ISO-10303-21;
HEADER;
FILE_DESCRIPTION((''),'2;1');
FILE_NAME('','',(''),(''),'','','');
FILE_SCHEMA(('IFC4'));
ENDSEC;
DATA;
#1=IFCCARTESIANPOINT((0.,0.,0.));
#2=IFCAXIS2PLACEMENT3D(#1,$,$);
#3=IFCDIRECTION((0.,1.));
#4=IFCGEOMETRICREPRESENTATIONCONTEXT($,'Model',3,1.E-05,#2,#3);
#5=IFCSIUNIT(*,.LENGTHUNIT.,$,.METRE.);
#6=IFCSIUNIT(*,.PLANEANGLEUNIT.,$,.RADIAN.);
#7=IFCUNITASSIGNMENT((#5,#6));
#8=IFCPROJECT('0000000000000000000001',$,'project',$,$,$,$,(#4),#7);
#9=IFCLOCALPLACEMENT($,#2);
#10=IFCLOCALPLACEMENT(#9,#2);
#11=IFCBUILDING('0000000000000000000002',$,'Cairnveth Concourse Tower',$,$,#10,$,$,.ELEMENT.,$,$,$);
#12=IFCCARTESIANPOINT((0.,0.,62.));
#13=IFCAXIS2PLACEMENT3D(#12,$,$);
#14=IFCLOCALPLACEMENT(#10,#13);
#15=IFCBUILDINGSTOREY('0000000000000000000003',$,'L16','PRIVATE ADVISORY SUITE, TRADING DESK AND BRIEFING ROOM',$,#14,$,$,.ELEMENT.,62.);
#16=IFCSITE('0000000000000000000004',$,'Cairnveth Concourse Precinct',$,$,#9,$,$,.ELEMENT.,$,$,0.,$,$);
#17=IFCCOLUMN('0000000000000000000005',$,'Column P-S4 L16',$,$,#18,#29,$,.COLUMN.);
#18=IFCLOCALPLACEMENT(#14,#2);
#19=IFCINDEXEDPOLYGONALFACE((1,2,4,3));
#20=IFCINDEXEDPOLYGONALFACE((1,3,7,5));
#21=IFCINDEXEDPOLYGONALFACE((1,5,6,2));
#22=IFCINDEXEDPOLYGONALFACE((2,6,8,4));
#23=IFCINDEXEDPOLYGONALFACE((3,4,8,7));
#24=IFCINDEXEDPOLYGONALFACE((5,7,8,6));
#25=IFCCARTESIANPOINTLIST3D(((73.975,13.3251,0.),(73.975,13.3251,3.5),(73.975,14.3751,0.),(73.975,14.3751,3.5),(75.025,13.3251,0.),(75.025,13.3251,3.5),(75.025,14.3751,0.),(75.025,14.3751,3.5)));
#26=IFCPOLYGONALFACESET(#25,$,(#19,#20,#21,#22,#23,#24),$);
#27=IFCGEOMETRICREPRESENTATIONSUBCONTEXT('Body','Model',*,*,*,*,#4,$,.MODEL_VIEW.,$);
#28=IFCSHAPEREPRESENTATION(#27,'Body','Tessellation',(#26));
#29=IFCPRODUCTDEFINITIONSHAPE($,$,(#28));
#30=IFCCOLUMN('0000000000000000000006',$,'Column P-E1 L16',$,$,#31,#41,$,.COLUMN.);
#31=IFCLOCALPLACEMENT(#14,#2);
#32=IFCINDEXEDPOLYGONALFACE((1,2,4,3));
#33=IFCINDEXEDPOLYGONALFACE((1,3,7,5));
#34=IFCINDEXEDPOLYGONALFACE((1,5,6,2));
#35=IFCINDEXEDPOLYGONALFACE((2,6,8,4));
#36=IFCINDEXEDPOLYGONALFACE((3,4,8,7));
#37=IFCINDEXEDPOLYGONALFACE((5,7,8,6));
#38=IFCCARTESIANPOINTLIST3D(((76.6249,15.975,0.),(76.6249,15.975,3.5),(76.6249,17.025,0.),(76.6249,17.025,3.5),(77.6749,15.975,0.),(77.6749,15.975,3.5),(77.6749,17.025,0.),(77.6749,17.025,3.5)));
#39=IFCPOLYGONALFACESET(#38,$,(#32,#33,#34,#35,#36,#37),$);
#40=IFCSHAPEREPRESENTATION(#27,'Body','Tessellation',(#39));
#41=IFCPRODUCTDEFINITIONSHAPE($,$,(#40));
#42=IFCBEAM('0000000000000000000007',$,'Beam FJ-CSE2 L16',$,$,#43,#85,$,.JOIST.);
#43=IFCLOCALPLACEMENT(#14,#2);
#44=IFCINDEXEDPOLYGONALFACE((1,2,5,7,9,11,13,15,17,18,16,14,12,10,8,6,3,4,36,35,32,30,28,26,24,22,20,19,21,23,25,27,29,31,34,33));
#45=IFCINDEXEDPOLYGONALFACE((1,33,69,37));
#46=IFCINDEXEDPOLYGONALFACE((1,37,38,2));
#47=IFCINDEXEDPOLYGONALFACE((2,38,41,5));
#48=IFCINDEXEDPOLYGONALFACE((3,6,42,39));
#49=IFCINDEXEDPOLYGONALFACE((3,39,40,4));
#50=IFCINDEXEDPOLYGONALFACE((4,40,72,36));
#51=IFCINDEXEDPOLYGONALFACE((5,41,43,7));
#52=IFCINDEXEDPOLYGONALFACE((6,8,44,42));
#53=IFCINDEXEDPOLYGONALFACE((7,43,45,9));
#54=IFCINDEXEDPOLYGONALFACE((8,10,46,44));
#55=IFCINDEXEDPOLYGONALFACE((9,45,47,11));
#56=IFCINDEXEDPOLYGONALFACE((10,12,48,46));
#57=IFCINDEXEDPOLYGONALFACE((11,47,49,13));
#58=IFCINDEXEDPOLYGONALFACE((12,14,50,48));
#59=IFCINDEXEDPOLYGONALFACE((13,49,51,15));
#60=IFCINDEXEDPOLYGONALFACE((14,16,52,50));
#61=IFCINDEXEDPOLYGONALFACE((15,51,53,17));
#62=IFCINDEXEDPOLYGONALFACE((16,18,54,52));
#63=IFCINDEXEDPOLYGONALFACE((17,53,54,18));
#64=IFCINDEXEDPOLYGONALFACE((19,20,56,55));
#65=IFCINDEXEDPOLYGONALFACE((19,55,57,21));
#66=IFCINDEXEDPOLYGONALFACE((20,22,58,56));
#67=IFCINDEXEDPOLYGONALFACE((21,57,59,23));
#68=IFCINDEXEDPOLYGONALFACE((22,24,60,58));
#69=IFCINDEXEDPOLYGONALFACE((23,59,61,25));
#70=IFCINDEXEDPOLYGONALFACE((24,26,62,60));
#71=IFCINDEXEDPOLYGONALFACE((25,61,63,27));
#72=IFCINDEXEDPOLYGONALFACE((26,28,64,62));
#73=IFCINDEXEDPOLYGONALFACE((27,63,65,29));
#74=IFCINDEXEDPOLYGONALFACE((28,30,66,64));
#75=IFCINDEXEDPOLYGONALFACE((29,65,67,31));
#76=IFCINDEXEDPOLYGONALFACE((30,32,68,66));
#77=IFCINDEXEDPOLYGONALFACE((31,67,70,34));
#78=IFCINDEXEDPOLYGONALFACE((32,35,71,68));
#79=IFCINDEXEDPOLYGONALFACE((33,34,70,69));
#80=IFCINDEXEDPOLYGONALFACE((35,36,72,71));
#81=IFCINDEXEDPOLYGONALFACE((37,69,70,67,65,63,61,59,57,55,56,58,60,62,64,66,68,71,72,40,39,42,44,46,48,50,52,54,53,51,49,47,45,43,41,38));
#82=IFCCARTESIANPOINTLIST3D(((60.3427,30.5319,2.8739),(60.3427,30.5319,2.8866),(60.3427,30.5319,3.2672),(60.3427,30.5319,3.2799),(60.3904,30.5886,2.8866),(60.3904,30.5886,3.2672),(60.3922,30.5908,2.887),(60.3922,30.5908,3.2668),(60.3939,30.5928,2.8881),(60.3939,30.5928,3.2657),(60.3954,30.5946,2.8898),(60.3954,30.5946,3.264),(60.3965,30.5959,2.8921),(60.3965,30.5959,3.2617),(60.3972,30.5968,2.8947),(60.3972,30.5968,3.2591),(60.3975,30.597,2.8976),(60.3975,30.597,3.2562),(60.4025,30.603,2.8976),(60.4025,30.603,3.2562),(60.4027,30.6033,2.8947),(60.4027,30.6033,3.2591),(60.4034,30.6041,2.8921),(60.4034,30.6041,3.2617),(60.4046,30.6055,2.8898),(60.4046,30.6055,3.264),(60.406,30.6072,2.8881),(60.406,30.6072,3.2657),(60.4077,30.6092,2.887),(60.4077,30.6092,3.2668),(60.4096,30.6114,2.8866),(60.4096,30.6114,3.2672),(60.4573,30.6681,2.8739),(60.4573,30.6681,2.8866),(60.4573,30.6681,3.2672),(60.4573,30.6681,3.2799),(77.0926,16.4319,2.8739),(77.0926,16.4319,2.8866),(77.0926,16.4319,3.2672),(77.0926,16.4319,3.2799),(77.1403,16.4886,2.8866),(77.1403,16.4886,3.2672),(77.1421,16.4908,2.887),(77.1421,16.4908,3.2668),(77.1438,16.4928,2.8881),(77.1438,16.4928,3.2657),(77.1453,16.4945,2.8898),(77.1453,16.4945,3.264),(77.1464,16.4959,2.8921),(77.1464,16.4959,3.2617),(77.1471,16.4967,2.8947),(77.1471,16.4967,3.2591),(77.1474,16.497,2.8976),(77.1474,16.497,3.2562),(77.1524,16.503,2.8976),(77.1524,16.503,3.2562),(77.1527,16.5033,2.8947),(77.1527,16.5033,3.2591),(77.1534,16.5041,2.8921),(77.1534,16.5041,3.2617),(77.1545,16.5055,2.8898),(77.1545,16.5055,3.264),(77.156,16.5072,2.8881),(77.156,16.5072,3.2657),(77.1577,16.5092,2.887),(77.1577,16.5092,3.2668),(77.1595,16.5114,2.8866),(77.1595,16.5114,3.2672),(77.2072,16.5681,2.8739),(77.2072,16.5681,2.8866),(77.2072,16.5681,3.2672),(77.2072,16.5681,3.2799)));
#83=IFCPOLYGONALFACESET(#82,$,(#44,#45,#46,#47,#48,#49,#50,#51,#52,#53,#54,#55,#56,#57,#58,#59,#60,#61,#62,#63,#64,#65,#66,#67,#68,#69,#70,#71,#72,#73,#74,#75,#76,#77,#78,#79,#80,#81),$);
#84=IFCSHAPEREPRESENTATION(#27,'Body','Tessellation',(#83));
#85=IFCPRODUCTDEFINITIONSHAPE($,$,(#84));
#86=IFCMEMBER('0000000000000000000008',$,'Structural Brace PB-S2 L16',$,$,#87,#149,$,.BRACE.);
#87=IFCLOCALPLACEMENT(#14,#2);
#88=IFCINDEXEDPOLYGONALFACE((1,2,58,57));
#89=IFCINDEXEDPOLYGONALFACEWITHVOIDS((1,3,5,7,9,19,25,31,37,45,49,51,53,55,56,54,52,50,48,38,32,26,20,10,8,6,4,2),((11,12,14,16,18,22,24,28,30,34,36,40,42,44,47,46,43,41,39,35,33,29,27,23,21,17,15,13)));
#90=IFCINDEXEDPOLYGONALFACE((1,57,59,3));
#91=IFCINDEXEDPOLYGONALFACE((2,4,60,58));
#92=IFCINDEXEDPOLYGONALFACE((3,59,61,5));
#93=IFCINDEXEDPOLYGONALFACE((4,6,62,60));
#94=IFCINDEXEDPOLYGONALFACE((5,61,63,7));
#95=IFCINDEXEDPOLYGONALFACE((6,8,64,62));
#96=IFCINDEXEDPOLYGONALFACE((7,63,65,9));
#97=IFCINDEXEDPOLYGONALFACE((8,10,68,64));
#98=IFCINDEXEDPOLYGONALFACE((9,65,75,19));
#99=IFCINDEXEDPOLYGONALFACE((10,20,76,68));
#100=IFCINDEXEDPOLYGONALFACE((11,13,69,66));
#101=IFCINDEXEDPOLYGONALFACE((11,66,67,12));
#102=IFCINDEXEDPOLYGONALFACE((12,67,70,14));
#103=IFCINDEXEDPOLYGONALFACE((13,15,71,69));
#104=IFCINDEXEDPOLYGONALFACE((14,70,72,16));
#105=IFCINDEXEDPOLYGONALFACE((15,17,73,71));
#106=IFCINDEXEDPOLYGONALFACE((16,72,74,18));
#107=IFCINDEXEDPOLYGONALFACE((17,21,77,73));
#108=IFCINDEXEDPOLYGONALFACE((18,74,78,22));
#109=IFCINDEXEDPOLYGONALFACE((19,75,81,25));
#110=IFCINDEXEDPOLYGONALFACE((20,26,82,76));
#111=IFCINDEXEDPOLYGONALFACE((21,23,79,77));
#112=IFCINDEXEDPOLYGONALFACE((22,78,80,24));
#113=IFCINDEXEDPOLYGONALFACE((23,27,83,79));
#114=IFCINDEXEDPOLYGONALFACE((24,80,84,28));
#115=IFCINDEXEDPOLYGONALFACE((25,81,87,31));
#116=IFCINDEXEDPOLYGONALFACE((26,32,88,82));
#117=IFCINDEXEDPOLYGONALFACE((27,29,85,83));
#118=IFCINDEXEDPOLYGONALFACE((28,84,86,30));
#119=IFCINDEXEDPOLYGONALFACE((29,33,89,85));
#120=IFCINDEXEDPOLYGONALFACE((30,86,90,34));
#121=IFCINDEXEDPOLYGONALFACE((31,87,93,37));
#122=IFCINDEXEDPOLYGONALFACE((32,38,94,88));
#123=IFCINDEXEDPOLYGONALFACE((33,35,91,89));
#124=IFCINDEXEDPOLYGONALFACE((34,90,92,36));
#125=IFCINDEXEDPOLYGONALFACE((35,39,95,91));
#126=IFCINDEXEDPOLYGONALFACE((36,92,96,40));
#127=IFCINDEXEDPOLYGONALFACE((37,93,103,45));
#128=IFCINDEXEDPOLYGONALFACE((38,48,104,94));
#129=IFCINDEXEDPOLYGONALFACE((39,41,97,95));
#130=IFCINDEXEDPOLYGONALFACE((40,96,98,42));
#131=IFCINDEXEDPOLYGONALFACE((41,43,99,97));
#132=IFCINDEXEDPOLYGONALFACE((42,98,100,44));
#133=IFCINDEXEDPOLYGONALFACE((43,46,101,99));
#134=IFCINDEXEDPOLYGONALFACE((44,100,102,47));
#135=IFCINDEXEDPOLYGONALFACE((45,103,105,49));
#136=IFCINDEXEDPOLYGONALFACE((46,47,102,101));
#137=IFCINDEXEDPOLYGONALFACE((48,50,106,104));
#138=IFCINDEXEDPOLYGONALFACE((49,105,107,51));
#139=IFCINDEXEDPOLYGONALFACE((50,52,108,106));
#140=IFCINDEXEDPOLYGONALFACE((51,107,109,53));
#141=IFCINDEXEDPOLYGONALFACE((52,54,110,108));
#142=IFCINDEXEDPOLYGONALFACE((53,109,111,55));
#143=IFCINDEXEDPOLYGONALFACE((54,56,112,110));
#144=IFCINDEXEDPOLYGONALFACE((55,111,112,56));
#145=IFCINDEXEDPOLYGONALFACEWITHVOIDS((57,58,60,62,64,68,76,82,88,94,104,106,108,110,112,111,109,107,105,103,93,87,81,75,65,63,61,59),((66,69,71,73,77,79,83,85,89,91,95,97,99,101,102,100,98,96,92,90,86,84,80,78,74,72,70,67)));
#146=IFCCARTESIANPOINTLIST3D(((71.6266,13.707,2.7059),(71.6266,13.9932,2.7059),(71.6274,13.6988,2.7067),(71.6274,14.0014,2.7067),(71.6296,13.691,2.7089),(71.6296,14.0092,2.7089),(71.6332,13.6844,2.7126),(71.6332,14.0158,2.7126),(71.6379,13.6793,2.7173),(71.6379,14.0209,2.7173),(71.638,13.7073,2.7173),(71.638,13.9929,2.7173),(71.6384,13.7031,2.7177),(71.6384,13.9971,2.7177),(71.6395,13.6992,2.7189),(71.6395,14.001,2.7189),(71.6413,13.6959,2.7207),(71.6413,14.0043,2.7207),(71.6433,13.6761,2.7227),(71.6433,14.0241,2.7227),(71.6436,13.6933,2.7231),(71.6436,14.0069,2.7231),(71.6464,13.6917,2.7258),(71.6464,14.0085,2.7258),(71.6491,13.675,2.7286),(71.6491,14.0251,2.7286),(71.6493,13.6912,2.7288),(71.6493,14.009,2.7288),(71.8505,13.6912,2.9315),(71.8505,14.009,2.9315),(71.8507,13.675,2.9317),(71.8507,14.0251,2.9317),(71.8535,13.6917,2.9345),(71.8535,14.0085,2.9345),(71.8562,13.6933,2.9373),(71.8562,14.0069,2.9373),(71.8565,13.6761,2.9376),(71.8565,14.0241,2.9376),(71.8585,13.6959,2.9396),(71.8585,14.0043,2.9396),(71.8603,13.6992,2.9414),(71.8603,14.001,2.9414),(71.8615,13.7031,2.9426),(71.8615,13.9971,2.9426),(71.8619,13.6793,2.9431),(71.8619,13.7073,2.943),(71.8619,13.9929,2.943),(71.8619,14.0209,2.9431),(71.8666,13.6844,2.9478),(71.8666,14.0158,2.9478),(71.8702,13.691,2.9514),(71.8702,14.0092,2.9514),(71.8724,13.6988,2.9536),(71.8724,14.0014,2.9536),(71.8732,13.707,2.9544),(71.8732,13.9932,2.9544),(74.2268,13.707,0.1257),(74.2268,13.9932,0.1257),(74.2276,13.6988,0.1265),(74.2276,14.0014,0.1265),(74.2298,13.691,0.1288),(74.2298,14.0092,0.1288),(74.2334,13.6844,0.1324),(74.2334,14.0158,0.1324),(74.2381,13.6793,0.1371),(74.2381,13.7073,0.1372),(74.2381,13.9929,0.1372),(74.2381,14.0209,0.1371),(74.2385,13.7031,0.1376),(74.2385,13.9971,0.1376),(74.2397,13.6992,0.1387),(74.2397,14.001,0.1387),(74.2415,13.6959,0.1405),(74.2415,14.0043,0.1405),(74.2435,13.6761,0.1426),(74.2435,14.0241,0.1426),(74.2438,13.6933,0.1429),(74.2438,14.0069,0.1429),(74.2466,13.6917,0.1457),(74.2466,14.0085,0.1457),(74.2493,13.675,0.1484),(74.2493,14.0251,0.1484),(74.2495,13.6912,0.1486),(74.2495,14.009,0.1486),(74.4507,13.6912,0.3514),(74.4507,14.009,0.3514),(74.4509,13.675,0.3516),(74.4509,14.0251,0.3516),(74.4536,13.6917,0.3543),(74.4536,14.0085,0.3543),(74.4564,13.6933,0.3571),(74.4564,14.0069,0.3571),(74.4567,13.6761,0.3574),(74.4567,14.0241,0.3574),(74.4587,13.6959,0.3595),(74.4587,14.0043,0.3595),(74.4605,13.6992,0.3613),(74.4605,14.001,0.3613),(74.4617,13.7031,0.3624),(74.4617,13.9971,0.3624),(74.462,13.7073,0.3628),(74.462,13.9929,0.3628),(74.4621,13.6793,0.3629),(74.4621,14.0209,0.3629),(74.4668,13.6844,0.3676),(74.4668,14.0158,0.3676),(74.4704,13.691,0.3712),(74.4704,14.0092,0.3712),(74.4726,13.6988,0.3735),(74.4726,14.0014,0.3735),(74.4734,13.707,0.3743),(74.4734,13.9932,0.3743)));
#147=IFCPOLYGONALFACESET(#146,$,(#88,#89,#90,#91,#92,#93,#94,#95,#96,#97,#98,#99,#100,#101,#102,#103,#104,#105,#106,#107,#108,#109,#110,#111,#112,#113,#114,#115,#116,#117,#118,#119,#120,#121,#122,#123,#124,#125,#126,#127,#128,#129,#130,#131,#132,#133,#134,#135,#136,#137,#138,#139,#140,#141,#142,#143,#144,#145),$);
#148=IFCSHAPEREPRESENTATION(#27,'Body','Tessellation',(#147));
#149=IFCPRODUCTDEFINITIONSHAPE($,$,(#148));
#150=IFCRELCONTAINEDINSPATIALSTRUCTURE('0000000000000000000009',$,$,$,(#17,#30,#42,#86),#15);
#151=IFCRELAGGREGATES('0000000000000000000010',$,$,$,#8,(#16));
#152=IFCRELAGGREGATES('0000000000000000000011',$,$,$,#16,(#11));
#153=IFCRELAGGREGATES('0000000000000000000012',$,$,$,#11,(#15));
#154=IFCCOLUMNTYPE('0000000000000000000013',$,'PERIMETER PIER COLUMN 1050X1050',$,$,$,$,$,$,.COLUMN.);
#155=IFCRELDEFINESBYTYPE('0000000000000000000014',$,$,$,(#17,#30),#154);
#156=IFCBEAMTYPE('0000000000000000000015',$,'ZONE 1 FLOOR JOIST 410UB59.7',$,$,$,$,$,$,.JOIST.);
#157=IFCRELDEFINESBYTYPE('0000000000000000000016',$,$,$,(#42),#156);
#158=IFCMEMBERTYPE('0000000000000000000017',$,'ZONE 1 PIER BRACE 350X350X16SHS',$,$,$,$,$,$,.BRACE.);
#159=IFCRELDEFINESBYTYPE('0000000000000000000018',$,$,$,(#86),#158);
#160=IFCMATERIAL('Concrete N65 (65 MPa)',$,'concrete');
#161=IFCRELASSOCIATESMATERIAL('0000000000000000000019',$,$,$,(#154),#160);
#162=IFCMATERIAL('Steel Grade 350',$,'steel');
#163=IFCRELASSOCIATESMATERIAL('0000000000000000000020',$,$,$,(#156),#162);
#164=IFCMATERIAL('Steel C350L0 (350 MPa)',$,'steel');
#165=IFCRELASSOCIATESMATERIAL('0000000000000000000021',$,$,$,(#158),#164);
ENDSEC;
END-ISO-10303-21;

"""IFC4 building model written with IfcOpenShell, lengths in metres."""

from ifc_helpers import new_model, si_unit, direction, frame, origin, origin_2d, place, context, subcontext, project, spatial, rectangle, hollow_rectangle, i_section, extrude, material, material_profile, profile_set, type_object, element, save


model = new_model("IFC4")

# Units and contexts
model_context = context("Model", 3, precision=1e-05, world=origin(), true_north=direction((0.0, 1.0)))
body_context = subcontext(model_context, "Body", "Model", "MODEL_VIEW")
ifc_project = project(units=[si_unit("LENGTHUNIT", "METRE"), si_unit("PLANEANGLEUNIT", "RADIAN")], contexts=[model_context])

# Site, building, storey
site_placement = place(None, origin())
site = spatial("IfcSite", under=ifc_project, at=site_placement, Name="Cairnveth Concourse Precinct", CompositionType="ELEMENT", RefElevation=0.0)
building_placement = place(site_placement, origin())
building = spatial("IfcBuilding", under=site, at=building_placement, Name="Cairnveth Concourse Tower", CompositionType="ELEMENT")
storey_placement = place(building_placement, frame((0.0, 0.0, 62.0)))
storey = spatial("IfcBuildingStorey", under=building, at=storey_placement, Name="L16", Description="PRIVATE ADVISORY SUITE, TRADING DESK AND BRIEFING ROOM", CompositionType="ELEMENT", Elevation=62.0)

# Columns
ifc_material_1 = material(Name="Concrete N65 (65 MPa)", Category="concrete")
ifc_material_profile_1 = material_profile(ifc_material_1, rectangle(XDim=1.05, YDim=1.05, at=origin_2d()), Name="RC-COL-1050x1050")
ifc_profile_set_1 = profile_set([ifc_material_profile_1], Name="Concrete N65 (65 MPa)")
column_type = type_object("IfcColumnType", Name="PERIMETER PIER COLUMN 1050X1050", PredefinedType="COLUMN", material=ifc_profile_set_1)
for number, where, z_axis, x_axis, name in (
    (1, (74.5, 13.8501, 0.0), (0.0, 0.0, 1.0), (1.0, 0.0, 0.0), "Column P-S4 L16"),
    (2, (77.1499, 16.5, 0.0), (0.0, 0.0, 1.0), (0.0, 1.0, 0.0), "Column P-E1 L16"),
):
    element("IfcColumn", number, at=place(storey_placement, frame(where, z_axis=z_axis, x_axis=x_axis)), inside=storey, type_object=column_type, Name=name, PredefinedType="COLUMN", context=body_context, shape_type="SweptSolid", body=[
        extrude(rectangle(XDim=1.05, YDim=1.05, at=origin_2d()), origin(), (0.0, 0.0, 1.0), 3.5),
    ])

# Beam
ifc_material_2 = material(Name="Steel Grade 350", Category="steel")
ifc_material_profile_2 = material_profile(ifc_material_2, i_section(OverallWidth=0.178, OverallDepth=0.406, WebThickness=0.0078, FlangeThickness=0.0127, FilletRadius=0.011, at=origin_2d()), Name="410UB59.7")
ifc_profile_set_2 = profile_set([ifc_material_profile_2], Name="Steel Grade 350")
beam_type_1 = type_object("IfcBeamType", Name="ZONE 1 FLOOR JOIST 410UB59.7", PredefinedType="JOIST", material=ifc_profile_set_2)
beam_1_placement = place(storey_placement, frame((77.1499, 16.5, 3.0769), z_axis=(-0.765027, 0.643998, 0.0), x_axis=(-0.643998, -0.765027, 0.0)))
element("IfcBeam", 3, at=beam_1_placement, inside=storey, type_object=beam_type_1, Name="Beam FJ-CSE2 L16", PredefinedType="JOIST", context=body_context, shape_type="SweptSolid", body=[
    extrude(i_section(OverallWidth=0.178, OverallDepth=0.406, WebThickness=0.0078, FlangeThickness=0.0127, FilletRadius=0.011, at=origin_2d()), origin(), (0.0, 0.0, 1.0), 21.8945),
])

# Member
ifc_material_3 = material(Name="Steel C350L0 (350 MPa)", Category="steel")
ifc_material_profile_3 = material_profile(ifc_material_3, hollow_rectangle(XDim=0.3501, YDim=0.3501, WallThickness=0.0161, InnerFilletRadius=0.0161, OuterFilletRadius=0.032, at=origin_2d()), Name="350x350x16.0SHS")
ifc_profile_set_3 = profile_set([ifc_material_profile_3], Name="Steel C350L0 (350 MPa)")
member_type = type_object("IfcMemberType", Name="ZONE 1 PIER BRACE 350X350X16SHS", PredefinedType="BRACE", material=ifc_profile_set_3)
for number, where, z_axis, x_axis, name in (
    (4, (74.3501, 13.8501, 0.25), (-0.709834, 0.0, 0.704369), (0.0, -1.0, 0.0), "Structural Brace PB-S2 L16"),
):
    element("IfcMember", number, at=place(storey_placement, frame(where, z_axis=z_axis, x_axis=x_axis)), inside=storey, type_object=member_type, Name=name, PredefinedType="BRACE", context=body_context, shape_type="SweptSolid", body=[
        extrude(hollow_rectangle(XDim=0.3501, YDim=0.3501, WallThickness=0.0161, InnerFilletRadius=0.0161, OuterFilletRadius=0.032, at=origin_2d()), origin(), (0.0, 0.0, 1.0), 3.6631),
    ])

save(model, "model.ifc")
